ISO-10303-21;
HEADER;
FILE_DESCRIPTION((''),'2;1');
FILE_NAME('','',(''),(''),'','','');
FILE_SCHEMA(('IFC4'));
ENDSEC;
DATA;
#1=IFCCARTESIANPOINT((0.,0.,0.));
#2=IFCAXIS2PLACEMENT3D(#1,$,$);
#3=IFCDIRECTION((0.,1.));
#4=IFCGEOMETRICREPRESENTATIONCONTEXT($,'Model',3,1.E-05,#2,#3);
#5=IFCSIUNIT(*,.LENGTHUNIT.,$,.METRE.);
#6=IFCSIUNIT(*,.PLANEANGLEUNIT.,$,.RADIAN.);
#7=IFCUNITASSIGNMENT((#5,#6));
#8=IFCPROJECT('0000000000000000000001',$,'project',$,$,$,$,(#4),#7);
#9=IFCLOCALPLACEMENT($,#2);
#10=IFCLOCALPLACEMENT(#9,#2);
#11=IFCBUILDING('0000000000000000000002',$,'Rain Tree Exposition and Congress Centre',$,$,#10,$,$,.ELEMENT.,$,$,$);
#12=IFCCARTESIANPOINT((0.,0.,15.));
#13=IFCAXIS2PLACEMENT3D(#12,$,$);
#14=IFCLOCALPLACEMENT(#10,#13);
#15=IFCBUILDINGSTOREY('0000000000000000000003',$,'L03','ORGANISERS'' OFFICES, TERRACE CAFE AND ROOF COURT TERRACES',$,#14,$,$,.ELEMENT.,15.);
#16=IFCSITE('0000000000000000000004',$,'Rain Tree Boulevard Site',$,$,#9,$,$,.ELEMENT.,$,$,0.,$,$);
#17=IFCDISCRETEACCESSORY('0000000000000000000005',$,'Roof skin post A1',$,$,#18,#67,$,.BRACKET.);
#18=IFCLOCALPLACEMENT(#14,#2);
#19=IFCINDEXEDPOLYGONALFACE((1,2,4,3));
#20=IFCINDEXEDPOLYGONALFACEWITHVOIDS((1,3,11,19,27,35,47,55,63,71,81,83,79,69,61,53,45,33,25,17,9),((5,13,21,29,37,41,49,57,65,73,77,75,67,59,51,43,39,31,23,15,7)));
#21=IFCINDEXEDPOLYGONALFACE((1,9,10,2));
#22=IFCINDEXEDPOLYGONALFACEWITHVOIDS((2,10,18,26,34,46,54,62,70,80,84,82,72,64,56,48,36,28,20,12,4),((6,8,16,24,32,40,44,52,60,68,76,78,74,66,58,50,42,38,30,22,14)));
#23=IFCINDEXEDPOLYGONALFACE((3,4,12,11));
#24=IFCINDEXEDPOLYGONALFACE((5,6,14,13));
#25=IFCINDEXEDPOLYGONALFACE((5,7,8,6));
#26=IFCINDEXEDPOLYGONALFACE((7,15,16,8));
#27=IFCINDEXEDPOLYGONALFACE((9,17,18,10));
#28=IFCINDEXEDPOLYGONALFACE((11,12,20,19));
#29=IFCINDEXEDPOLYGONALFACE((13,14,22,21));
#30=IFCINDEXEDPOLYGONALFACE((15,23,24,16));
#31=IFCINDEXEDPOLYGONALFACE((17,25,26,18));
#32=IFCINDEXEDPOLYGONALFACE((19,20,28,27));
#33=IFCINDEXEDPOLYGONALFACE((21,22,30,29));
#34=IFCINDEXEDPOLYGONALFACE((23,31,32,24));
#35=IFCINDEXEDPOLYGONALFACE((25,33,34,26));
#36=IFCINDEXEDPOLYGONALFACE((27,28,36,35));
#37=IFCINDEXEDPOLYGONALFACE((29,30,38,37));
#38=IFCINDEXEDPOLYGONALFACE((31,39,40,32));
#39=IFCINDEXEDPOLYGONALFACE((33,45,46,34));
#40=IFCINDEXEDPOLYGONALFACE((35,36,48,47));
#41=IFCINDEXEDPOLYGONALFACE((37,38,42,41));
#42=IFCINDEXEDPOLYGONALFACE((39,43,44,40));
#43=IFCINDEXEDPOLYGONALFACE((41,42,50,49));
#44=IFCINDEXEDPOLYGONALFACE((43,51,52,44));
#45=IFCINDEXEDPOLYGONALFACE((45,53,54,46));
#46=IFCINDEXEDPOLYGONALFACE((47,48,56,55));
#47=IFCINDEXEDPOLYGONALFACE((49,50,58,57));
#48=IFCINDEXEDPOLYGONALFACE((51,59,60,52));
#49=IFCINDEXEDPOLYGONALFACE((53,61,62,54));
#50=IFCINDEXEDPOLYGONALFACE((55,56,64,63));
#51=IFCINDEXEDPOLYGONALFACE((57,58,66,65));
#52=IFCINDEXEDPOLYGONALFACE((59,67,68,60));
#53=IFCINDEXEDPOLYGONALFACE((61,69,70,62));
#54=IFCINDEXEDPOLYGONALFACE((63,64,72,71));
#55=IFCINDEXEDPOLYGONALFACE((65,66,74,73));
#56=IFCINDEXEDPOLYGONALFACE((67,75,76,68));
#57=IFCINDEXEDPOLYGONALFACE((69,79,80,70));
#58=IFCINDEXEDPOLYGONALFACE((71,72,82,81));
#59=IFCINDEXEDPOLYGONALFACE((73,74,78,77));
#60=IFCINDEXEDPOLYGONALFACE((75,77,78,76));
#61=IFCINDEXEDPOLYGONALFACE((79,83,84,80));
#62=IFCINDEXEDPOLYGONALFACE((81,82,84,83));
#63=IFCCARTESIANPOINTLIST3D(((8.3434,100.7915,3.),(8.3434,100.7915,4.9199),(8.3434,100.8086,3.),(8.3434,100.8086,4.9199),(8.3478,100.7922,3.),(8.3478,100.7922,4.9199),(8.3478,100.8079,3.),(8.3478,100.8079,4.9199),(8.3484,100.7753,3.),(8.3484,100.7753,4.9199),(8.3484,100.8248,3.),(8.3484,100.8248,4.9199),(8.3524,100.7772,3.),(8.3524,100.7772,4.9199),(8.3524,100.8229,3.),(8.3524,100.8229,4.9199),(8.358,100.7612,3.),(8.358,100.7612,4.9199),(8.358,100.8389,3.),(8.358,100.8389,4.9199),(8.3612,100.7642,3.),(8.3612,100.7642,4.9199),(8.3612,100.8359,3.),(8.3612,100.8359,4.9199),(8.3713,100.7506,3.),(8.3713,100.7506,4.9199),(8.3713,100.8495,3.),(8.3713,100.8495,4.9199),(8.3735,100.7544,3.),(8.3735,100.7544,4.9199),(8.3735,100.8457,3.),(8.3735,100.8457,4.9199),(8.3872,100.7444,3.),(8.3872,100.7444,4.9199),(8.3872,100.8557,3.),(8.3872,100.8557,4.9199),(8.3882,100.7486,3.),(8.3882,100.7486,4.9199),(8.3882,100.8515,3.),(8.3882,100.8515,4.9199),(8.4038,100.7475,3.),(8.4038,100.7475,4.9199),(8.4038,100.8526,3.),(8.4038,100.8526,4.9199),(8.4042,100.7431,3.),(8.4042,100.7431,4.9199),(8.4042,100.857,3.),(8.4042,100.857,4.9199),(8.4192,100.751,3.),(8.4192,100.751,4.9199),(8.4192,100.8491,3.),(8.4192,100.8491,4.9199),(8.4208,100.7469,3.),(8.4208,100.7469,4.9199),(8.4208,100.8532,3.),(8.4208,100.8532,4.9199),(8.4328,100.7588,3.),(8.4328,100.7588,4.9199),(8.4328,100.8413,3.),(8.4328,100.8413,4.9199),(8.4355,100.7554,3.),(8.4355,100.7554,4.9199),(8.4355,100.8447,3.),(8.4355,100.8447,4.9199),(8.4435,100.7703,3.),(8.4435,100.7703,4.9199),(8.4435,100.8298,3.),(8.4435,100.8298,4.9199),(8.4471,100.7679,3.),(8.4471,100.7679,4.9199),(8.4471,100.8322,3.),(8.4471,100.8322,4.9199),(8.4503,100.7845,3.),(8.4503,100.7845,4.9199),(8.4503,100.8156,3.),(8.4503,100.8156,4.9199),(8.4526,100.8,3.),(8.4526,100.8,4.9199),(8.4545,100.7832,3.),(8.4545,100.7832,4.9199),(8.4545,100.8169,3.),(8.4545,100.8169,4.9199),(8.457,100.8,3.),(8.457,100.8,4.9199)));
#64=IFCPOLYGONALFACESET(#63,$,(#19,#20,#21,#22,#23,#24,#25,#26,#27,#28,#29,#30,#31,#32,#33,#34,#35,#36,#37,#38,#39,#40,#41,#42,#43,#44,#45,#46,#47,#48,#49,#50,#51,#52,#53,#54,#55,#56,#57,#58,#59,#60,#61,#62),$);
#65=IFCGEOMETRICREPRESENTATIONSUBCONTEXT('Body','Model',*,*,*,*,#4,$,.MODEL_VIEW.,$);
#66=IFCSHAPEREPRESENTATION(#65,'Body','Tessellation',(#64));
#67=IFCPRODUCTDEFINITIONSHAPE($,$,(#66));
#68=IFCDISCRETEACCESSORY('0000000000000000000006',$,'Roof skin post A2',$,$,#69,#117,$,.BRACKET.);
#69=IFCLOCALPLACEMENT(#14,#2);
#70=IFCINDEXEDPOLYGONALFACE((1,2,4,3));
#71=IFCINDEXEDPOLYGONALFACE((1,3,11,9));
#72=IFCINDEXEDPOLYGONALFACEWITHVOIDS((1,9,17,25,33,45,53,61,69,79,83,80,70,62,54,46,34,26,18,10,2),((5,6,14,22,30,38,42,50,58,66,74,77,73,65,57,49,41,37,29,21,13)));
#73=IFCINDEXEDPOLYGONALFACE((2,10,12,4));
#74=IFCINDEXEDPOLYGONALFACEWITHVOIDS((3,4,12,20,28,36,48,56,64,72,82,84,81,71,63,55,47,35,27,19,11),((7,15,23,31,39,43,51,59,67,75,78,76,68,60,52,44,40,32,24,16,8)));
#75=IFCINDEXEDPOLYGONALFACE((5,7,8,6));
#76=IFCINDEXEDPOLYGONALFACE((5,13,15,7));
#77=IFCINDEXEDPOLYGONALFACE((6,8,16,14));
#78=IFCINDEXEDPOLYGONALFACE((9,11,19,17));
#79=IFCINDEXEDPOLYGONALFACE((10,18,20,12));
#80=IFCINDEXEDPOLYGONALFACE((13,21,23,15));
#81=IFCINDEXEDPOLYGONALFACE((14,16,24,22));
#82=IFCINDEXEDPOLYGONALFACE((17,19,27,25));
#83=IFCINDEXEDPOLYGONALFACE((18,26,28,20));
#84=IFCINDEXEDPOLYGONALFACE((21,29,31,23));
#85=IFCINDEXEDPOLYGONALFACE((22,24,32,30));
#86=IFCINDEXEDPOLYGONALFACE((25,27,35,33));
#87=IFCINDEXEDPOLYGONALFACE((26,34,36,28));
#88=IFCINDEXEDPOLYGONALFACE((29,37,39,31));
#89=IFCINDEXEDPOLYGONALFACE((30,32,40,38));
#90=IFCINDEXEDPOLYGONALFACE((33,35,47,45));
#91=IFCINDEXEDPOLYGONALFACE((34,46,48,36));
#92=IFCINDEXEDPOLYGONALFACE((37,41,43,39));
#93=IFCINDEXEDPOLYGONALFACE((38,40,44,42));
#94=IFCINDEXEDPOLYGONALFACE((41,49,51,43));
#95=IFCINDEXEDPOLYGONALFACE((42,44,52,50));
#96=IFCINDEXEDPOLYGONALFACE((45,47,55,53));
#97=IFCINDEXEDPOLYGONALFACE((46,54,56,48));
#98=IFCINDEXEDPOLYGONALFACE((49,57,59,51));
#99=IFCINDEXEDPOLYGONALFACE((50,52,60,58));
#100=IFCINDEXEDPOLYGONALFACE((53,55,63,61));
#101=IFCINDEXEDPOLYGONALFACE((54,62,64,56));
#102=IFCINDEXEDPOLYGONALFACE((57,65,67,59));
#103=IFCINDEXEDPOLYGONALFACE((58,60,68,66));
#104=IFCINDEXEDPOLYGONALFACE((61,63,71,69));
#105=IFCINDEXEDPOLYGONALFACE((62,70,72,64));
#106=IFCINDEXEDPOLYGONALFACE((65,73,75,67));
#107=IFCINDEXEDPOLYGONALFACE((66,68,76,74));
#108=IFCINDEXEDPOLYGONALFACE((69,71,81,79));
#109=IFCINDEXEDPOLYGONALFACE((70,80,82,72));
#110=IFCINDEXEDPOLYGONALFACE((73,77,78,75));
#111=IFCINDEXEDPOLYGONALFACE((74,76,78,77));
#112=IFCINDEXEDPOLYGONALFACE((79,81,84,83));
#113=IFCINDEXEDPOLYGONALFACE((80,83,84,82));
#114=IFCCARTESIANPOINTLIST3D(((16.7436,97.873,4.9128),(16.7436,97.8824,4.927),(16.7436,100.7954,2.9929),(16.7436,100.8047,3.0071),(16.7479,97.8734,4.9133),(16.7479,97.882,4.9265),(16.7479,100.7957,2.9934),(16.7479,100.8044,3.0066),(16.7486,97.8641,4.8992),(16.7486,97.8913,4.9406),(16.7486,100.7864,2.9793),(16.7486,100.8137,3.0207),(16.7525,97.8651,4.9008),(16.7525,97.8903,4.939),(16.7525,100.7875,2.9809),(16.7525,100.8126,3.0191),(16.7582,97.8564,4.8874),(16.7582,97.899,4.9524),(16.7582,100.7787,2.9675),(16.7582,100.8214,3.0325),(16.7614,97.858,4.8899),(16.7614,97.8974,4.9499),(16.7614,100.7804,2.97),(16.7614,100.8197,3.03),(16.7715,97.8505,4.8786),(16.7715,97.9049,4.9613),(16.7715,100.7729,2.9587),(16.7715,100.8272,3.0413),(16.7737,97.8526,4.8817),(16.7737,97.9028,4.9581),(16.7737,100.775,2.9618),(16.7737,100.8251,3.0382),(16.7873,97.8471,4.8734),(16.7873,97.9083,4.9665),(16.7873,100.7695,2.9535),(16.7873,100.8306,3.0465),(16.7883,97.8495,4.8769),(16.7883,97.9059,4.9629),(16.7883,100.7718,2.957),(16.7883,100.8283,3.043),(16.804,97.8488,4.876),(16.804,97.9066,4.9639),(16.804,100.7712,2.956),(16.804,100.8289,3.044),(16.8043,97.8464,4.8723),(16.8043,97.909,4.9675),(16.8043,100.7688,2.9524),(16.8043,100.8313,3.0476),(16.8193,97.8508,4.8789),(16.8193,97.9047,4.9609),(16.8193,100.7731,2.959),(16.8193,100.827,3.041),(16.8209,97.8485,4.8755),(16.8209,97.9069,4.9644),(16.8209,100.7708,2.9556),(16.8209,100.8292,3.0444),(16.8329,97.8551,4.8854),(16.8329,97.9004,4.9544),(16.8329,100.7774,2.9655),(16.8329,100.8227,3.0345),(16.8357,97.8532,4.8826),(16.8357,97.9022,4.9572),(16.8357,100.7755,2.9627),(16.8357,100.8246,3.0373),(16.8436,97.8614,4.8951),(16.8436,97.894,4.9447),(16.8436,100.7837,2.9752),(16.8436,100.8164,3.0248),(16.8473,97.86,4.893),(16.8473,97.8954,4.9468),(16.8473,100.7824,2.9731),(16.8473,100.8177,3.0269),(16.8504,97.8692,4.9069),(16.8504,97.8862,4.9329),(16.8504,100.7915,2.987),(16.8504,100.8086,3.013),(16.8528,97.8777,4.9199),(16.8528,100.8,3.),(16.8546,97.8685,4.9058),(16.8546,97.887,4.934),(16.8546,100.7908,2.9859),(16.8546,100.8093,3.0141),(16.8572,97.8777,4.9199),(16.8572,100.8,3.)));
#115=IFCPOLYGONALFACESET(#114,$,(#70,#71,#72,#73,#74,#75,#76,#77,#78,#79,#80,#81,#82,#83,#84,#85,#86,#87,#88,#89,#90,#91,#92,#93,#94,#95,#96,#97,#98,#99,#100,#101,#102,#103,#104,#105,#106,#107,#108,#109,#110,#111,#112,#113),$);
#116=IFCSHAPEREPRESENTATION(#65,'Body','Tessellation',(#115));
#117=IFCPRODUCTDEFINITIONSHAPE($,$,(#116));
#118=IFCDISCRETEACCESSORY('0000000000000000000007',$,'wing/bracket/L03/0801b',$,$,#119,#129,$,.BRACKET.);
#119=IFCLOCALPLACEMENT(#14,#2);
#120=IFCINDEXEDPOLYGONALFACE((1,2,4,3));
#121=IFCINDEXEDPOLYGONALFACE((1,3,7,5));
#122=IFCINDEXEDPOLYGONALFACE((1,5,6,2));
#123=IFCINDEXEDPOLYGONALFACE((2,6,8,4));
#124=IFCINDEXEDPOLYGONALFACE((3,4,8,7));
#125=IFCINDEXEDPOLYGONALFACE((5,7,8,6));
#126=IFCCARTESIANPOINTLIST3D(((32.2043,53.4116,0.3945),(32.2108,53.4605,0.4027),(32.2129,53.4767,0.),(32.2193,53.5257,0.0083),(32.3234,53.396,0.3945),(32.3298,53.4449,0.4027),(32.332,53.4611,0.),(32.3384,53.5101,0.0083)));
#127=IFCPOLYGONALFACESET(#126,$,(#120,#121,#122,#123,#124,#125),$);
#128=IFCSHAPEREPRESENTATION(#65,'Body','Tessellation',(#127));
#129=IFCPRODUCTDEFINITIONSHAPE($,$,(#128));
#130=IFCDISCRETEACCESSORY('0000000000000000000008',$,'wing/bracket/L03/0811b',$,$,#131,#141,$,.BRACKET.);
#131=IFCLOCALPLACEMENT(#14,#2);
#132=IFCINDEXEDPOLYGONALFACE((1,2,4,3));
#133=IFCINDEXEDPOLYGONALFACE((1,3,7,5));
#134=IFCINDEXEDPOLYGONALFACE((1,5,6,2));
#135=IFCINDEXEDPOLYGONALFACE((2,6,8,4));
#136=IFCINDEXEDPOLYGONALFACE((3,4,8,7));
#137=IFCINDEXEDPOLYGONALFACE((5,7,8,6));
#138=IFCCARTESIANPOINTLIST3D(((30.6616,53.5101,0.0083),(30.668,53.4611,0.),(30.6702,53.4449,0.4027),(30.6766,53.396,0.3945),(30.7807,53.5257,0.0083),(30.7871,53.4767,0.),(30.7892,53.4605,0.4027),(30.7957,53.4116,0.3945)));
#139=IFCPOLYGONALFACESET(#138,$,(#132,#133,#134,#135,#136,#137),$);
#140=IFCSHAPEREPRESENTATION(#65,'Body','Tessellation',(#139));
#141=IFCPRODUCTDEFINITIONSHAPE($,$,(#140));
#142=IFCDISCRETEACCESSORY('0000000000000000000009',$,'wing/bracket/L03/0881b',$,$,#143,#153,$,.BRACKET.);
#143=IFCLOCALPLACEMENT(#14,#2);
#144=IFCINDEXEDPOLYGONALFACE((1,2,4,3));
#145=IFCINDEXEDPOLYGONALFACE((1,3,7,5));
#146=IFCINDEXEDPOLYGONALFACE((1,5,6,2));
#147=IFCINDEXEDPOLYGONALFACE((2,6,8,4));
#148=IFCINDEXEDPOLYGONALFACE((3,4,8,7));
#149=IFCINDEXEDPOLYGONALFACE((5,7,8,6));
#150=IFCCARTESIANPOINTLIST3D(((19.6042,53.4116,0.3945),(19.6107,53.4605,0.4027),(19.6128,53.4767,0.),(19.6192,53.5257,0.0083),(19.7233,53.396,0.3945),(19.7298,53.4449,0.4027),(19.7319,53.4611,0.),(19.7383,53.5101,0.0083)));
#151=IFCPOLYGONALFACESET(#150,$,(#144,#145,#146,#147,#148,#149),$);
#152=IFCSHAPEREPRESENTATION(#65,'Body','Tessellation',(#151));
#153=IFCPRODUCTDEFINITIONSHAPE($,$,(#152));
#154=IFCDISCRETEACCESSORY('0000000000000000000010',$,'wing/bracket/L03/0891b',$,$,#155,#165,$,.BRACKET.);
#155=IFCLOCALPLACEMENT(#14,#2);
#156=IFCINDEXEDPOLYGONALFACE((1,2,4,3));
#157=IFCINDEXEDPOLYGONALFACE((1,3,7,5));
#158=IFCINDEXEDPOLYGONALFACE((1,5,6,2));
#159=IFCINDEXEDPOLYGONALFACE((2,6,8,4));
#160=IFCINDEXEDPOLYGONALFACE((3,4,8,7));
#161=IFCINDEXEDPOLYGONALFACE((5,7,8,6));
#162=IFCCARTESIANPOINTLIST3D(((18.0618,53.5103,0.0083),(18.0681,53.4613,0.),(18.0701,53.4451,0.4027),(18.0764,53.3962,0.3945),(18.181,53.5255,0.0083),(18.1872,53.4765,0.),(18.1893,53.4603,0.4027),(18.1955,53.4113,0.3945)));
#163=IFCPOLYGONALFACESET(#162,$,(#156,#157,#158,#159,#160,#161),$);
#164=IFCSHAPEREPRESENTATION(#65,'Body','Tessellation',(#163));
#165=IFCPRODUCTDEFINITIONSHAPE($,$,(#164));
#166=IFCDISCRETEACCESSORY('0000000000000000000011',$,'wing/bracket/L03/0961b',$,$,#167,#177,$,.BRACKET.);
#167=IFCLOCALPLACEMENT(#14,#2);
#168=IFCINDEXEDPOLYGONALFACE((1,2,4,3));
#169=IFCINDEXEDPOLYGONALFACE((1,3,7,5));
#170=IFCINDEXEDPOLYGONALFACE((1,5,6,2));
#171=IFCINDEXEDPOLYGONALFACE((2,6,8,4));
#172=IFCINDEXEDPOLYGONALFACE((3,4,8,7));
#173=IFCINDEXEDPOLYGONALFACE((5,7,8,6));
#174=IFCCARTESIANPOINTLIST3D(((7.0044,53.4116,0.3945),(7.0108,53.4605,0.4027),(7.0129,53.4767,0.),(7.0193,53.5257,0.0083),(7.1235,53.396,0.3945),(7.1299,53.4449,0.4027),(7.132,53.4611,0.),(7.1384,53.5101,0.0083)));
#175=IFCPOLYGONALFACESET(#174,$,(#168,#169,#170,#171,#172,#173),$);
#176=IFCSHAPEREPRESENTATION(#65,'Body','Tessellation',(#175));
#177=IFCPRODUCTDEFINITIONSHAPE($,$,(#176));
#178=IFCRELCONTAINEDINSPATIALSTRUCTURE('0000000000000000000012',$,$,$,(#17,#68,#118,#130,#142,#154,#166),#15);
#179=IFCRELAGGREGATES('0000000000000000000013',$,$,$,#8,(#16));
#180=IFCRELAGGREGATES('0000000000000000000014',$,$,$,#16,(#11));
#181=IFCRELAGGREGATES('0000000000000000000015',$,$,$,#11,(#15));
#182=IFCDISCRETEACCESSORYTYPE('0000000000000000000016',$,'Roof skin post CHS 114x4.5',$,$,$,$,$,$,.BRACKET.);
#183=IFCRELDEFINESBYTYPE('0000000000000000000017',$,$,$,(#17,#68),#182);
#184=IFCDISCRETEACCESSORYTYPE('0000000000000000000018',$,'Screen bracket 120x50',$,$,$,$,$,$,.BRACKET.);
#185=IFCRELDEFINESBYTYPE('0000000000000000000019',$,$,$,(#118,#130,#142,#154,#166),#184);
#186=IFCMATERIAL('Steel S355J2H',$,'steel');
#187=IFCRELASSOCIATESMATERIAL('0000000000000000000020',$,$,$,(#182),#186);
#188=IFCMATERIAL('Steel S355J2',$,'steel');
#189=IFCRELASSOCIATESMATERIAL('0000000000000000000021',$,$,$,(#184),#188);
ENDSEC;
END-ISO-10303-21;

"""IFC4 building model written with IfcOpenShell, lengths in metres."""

from ifc_helpers import new_model, si_unit, direction, frame, origin, origin_2d, place, context, subcontext, project, spatial, rectangle, hollow_circle, extrude, material, material_profile, profile_set, type_object, element, save


model = new_model("IFC4")

# Units and contexts
model_context = context("Model", 3, precision=1e-05, world=origin(), true_north=direction((0.0, 1.0)))
body_context = subcontext(model_context, "Body", "Model", "MODEL_VIEW")
ifc_project = project(units=[si_unit("LENGTHUNIT", "METRE"), si_unit("PLANEANGLEUNIT", "RADIAN")], contexts=[model_context])

# Site, building, storey
site_placement = place(None, origin())
site = spatial("IfcSite", under=ifc_project, at=site_placement, Name="Rain Tree Boulevard Site", CompositionType="ELEMENT", RefElevation=0.0)
building_placement = place(site_placement, origin())
building = spatial("IfcBuilding", under=site, at=building_placement, Name="Rain Tree Exposition and Congress Centre", CompositionType="ELEMENT")
storey_placement = place(building_placement, frame((0.0, 0.0, 15.0)))
storey = spatial("IfcBuildingStorey", under=building, at=storey_placement, Name="L03", Description="ORGANISERS' OFFICES, TERRACE CAFE AND ROOF COURT TERRACES", CompositionType="ELEMENT", Elevation=15.0)

# Discrete accessories
ifc_material_1 = material(Name="Steel S355J2H", Category="steel")
ifc_material_profile_1 = material_profile(ifc_material_1, hollow_circle(Radius=0.0571, WallThickness=0.0044, at=origin_2d()), Name="CHS 114x4.5")
ifc_profile_set_1 = profile_set([ifc_material_profile_1], Name="Steel S355J2H")
discrete_accessory_type_1 = type_object("IfcDiscreteAccessoryType", Name="Roof skin post CHS 114x4.5", PredefinedType="BRACKET", material=ifc_profile_set_1)
discrete_accessory_1_placement = place(storey_placement, frame((8.3999, 100.8, 3.0), z_axis=(0.0, 0.0, 1.0), x_axis=(1.0, 0.0, 0.0)))
element("IfcDiscreteAccessory", 1, at=discrete_accessory_1_placement, inside=storey, type_object=discrete_accessory_type_1, Name="Roof skin post A1", PredefinedType="BRACKET", context=body_context, shape_type="SweptSolid", body=[
    extrude(hollow_circle(Radius=0.0571, WallThickness=0.0044, at=origin_2d()), origin(), (0.0, 0.0, 1.0), 1.9199),
])
discrete_accessory_2_placement = place(storey_placement, frame((16.8, 100.8, 3.0), z_axis=(0.0, -0.83577, 0.54908), x_axis=(1.0, 0.0, 0.0)))
element("IfcDiscreteAccessory", 2, at=discrete_accessory_2_placement, inside=storey, type_object=discrete_accessory_type_1, Name="Roof skin post A2", PredefinedType="BRACKET", context=body_context, shape_type="SweptSolid", body=[
    extrude(hollow_circle(Radius=0.0571, WallThickness=0.0044, at=origin_2d()), origin(), (0.0, 0.0, 1.0), 3.4966),
])
ifc_material_2 = material(Name="Steel S355J2", Category="steel")
ifc_material_profile_2 = material_profile(ifc_material_2, rectangle(XDim=0.1201, YDim=0.05, at=origin_2d()), Name="Flat bar 120x50")
ifc_profile_set_2 = profile_set([ifc_material_profile_2], Name="Steel S355J2")
discrete_accessory_type_2 = type_object("IfcDiscreteAccessoryType", Name="Screen bracket 120x50", PredefinedType="BRACKET", material=ifc_profile_set_2)
for number, where, z_axis, x_axis, name in (
    (3, (32.2756, 53.4934, 0.0042), (-0.021364, -0.162976, 0.986399), (0.991517, -0.129974, 0.0), "wing/bracket/L03/0801b"),
    (4, (30.7244, 53.4934, 0.0042), (0.021364, -0.162976, 0.986399), (0.991517, 0.129974, 0.0), "wing/bracket/L03/0811b"),
    (5, (19.6755, 53.4934, 0.0042), (-0.021364, -0.162976, 0.986399), (0.991517, -0.129974, 0.0), "wing/bracket/L03/0881b"),
    (6, (18.1245, 53.4934, 0.0042), (0.020754, -0.162978, 0.986411), (0.991989, 0.126321, 0.0), "wing/bracket/L03/0891b"),
    (7, (7.0757, 53.4934, 0.0042), (-0.021364, -0.162976, 0.986399), (0.991517, -0.129974, 0.0), "wing/bracket/L03/0961b"),
):
    element("IfcDiscreteAccessory", number, at=place(storey_placement, frame(where, z_axis=z_axis, x_axis=x_axis)), inside=storey, type_object=discrete_accessory_type_2, Name=name, PredefinedType="BRACKET", context=body_context, shape_type="SweptSolid", body=[
        extrude(rectangle(XDim=0.1201, YDim=0.05, at=origin_2d()), origin(), (0.0, 0.0, 1.0), 0.3999),
    ])

save(model, "model.ifc")
